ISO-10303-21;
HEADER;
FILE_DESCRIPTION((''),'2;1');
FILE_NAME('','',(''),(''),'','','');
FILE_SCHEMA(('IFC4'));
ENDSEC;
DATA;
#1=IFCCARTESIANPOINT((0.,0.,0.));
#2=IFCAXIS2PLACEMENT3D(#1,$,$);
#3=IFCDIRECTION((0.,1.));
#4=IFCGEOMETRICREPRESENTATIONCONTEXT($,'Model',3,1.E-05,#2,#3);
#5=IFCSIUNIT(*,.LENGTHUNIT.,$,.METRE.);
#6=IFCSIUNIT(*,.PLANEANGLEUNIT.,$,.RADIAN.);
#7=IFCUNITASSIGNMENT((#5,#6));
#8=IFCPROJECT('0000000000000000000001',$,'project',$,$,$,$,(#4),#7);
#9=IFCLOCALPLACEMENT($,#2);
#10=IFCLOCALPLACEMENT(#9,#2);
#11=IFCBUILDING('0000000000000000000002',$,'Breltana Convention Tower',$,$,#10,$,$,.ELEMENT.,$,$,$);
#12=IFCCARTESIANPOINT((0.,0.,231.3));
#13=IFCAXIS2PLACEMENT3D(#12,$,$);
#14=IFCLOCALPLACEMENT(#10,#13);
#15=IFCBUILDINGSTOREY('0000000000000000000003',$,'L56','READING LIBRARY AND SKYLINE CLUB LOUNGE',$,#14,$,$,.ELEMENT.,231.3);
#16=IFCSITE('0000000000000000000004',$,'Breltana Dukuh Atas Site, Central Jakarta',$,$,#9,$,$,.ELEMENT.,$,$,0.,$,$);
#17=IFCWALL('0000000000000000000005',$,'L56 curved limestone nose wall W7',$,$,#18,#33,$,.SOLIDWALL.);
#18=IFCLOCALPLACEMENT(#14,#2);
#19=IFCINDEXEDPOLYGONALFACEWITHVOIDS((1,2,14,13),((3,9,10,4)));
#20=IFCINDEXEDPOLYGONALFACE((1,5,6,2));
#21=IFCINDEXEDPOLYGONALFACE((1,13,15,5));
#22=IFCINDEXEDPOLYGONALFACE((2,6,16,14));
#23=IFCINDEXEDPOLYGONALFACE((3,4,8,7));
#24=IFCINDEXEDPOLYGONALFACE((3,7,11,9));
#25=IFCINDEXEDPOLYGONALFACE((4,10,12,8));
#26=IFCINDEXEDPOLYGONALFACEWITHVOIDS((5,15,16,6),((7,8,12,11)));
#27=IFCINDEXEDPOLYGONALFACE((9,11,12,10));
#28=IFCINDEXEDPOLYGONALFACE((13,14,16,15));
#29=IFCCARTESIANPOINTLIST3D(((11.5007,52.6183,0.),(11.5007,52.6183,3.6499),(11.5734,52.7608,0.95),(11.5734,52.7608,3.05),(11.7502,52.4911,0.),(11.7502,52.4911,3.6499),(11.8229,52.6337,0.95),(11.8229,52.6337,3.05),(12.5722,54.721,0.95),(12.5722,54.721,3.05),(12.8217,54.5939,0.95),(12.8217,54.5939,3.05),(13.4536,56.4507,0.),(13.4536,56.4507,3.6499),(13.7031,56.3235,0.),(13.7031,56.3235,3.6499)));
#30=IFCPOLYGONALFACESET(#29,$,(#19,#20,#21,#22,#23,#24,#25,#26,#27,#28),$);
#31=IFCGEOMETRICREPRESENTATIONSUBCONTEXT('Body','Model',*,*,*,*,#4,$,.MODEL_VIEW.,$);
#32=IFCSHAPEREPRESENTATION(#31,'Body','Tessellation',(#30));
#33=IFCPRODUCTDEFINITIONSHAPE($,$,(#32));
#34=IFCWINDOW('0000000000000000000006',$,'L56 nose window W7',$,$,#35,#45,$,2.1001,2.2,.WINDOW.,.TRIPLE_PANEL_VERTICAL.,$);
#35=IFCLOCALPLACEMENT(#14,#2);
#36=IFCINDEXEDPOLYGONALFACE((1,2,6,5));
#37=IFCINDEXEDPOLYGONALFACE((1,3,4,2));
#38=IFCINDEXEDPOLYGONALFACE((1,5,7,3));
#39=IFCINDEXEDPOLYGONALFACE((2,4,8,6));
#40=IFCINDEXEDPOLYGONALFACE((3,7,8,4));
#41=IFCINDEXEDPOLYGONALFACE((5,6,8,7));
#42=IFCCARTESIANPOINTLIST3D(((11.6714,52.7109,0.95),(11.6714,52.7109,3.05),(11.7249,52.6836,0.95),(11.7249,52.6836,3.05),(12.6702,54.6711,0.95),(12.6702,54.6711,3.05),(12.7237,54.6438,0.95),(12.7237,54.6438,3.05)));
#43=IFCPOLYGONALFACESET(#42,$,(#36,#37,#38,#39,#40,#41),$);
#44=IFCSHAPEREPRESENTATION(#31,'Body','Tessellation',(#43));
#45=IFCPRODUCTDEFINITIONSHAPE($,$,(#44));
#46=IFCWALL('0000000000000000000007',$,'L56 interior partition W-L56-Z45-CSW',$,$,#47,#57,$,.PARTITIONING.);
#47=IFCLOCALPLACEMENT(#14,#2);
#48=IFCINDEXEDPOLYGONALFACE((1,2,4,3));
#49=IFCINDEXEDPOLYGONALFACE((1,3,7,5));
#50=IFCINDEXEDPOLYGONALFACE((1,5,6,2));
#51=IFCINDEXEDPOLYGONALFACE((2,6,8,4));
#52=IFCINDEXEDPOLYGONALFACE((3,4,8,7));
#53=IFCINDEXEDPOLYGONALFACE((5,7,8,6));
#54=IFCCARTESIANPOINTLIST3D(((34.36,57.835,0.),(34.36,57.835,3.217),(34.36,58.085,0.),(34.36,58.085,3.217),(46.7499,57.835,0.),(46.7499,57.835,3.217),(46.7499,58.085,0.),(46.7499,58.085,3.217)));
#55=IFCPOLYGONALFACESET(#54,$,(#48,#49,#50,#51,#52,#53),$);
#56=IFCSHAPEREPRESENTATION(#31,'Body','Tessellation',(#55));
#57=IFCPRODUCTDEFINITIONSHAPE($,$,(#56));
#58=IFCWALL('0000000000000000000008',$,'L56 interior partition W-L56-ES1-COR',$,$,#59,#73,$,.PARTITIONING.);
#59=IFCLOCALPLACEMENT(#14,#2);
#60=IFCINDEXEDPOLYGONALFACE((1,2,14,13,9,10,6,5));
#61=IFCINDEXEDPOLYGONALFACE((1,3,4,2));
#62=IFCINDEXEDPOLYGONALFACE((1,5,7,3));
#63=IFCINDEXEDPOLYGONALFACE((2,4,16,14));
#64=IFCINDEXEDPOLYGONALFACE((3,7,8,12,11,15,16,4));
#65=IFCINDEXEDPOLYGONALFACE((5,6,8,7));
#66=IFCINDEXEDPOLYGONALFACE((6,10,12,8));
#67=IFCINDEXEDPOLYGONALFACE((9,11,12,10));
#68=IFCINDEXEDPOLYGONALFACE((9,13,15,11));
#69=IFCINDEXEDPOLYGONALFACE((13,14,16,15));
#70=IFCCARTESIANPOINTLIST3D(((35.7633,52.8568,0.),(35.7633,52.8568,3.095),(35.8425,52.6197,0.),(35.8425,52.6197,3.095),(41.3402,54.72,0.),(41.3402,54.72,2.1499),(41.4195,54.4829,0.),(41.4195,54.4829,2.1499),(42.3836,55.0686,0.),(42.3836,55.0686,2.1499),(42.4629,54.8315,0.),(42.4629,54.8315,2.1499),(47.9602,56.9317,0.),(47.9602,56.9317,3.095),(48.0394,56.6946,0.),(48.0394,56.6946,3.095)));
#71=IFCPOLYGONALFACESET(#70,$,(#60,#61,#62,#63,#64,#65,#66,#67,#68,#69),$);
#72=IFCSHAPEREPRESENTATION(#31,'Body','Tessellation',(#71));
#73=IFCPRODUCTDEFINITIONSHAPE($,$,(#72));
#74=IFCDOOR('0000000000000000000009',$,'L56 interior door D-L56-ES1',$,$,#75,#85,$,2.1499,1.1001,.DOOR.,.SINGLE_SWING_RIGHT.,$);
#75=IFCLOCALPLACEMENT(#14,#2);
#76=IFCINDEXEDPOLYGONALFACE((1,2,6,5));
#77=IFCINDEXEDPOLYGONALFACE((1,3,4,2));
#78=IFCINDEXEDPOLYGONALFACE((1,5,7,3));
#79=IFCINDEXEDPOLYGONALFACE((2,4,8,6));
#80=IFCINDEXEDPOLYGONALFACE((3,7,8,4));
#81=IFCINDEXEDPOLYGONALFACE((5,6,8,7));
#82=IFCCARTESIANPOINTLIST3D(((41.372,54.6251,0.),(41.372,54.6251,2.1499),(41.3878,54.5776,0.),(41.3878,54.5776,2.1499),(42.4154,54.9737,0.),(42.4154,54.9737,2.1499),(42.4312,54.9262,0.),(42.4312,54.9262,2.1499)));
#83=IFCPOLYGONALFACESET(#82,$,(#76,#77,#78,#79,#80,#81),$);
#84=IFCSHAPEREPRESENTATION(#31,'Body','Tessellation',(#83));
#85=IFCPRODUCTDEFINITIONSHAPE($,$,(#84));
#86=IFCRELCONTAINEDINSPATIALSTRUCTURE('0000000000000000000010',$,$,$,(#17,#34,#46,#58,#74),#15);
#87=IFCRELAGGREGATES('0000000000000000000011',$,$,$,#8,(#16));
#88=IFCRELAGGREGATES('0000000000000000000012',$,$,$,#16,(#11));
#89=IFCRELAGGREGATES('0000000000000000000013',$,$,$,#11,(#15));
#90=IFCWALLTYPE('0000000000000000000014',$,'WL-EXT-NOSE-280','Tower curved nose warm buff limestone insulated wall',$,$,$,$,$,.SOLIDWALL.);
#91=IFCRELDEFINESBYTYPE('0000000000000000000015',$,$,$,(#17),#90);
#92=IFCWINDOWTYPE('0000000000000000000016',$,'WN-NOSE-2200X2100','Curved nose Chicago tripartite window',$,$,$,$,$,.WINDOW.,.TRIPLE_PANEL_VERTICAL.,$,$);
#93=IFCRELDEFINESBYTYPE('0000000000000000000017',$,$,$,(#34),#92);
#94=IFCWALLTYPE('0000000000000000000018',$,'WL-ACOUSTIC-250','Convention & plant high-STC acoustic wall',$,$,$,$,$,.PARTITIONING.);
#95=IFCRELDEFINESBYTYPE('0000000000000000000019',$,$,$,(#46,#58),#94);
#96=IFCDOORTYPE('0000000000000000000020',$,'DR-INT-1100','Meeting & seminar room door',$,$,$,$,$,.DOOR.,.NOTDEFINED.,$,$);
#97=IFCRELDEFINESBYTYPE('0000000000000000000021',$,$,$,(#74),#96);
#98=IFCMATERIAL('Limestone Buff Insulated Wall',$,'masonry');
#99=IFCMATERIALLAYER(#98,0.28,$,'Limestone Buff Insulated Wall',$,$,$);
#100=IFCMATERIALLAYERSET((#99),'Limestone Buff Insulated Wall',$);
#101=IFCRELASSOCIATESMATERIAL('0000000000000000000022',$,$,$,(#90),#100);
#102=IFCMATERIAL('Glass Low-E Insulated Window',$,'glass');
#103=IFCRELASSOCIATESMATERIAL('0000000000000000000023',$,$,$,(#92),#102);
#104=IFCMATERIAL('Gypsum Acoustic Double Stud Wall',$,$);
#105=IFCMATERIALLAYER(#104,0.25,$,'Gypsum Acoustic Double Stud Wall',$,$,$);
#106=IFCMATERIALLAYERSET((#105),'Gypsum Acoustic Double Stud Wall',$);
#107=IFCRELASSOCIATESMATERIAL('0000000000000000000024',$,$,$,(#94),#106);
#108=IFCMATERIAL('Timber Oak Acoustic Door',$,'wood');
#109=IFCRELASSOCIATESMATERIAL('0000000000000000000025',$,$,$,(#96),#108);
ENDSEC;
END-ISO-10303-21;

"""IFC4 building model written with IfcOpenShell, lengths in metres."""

from ifc_helpers import new_model, si_unit, direction, frame, frame_2d, origin, place, context, subcontext, project, spatial, rectangle, extrude, source, transform, mapped, material, layer, layer_set, type_object, type_shapes, element, fill, save


model = new_model("IFC4")

# Units and contexts
model_context = context("Model", 3, precision=1e-05, world=origin(), true_north=direction((0.0, 1.0)))
body_context = subcontext(model_context, "Body", "Model", "MODEL_VIEW")
ifc_project = project(units=[si_unit("LENGTHUNIT", "METRE"), si_unit("PLANEANGLEUNIT", "RADIAN")], contexts=[model_context])

# Site, building, storey
site_placement = place(None, origin())
site = spatial("IfcSite", under=ifc_project, at=site_placement, Name="Breltana Dukuh Atas Site, Central Jakarta", CompositionType="ELEMENT", RefElevation=0.0)
building_placement = place(site_placement, origin())
building = spatial("IfcBuilding", under=site, at=building_placement, Name="Breltana Convention Tower", CompositionType="ELEMENT")
storey_placement = place(building_placement, frame((0.0, 0.0, 231.3)))
storey = spatial("IfcBuildingStorey", under=building, at=storey_placement, Name="L56", Description="READING LIBRARY AND SKYLINE CLUB LOUNGE", CompositionType="ELEMENT", Elevation=231.3)

# Shared definitions
ifc_material_1 = material(Name="Limestone Buff Insulated Wall", Category="masonry")
ifc_layer_1 = layer(ifc_material_1, 0.28, Name="Limestone Buff Insulated Wall")
ifc_layer_set_1 = layer_set([ifc_layer_1], Name="Limestone Buff Insulated Wall")
wall_type_1 = type_object("IfcWallType", Name="WL-EXT-NOSE-280", Description="Tower curved nose warm buff limestone insulated wall", PredefinedType="SOLIDWALL", material=ifc_layer_set_1)

# Wall, opening, window
shared_shape_1 = source(origin(), body_context, "Body", "SweptSolid", [
    extrude(rectangle(XDim=4.3013, YDim=0.28, at=frame_2d((2.1506, 0.0))), origin(), (0.0, 0.0, 1.0), 3.6499),
])
wall_1_placement = place(storey_placement, frame((11.6255, 52.5547, 0.0), z_axis=(0.0, 0.0, 1.0), x_axis=(0.454012, 0.890996, 0.0)))
wall_1 = element("IfcWall", 1, at=wall_1_placement, inside=storey, type_object=wall_type_1, Name="L56 curved limestone nose wall W7", PredefinedType="SOLIDWALL", context=body_context, shape_type="MappedRepresentation", body=[
    mapped(shared_shape_1, transform((0.0, 0.0, 0.0), scale=1.0)),
])
opening_1_placement = place(wall_1_placement, frame((0.1599, 0.0, 0.95)))
opening_1 = element("IfcOpeningElement", 2, at=opening_1_placement, cuts=wall_1, PredefinedType="OPENING", context=body_context, shape_type="SweptSolid", body=[
    extrude(rectangle(XDim=2.2, YDim=2.1001, at=frame_2d((1.1001, 1.05))), frame((0.0, 0.1499, 0.0), z_axis=(0.0, -1.0, 0.0), x_axis=(1.0, 0.0, 0.0)), (0.0, 0.0, 1.0), 0.3),
])
ifc_material_2 = material(Name="Glass Low-E Insulated Window", Category="glass")
window_type = type_object("IfcWindowType", Name="WN-NOSE-2200X2100", Description="Curved nose Chicago tripartite window", PartitioningType="TRIPLE_PANEL_VERTICAL", PredefinedType="WINDOW", material=ifc_material_2)
shared_shape_2 = source(origin(), body_context, "Body", "SweptSolid", [
    extrude(rectangle(XDim=2.2, YDim=2.1001, at=frame_2d((1.1001, 1.05))), frame((0.0, 0.03, 0.0), z_axis=(0.0, -1.0, 0.0), x_axis=(1.0, 0.0, 0.0)), (0.0, 0.0, 1.0), 0.0601),
])
type_shapes(window_type, [shared_shape_2])
window_placement = place(opening_1_placement, origin())
window = element("IfcWindow", 3, at=window_placement, inside=storey, type_object=window_type, Name="L56 nose window W7", OverallHeight=2.1001, OverallWidth=2.2, PartitioningType="TRIPLE_PANEL_VERTICAL", PredefinedType="WINDOW", context=body_context, shape_type="MappedRepresentation", body=[
    mapped(shared_shape_2, transform((0.0, 0.0, 0.0), scale=1.0)),
])
fill(opening_1, window)

# Wall
ifc_material_3 = material(Name="Gypsum Acoustic Double Stud Wall")
ifc_layer_2 = layer(ifc_material_3, 0.25, Name="Gypsum Acoustic Double Stud Wall")
ifc_layer_set_2 = layer_set([ifc_layer_2], Name="Gypsum Acoustic Double Stud Wall")
wall_type_2 = type_object("IfcWallType", Name="WL-ACOUSTIC-250", Description="Convention & plant high-STC acoustic wall", PredefinedType="PARTITIONING", material=ifc_layer_set_2)
shared_shape_3 = source(origin(), body_context, "Body", "SweptSolid", [
    extrude(rectangle(XDim=12.3899, YDim=0.25, at=frame_2d((6.1948, 0.0))), origin(), (0.0, 0.0, 1.0), 3.217),
])
wall_2_placement = place(storey_placement, frame((34.3601, 57.96, 0.0), z_axis=(0.0, 0.0, 1.0), x_axis=(1.0, 0.0, 0.0)))
element("IfcWall", 4, at=wall_2_placement, inside=storey, type_object=wall_type_2, Name="L56 interior partition W-L56-Z45-CSW", PredefinedType="PARTITIONING", context=body_context, shape_type="MappedRepresentation", body=[
    mapped(shared_shape_3, transform((0.0, 0.0, 0.0), scale=1.0)),
])

# Wall, opening, door
shared_shape_4 = source(origin(), body_context, "Body", "SweptSolid", [
    extrude(rectangle(XDim=12.8596, YDim=0.25, at=frame_2d((6.4297, 0.0))), origin(), (0.0, 0.0, 1.0), 3.095),
])
wall_3_placement = place(storey_placement, frame((35.803, 52.7383, 0.0), z_axis=(0.0, 0.0, 1.0), x_axis=(0.948467, 0.316877, 0.0)))
wall_3 = element("IfcWall", 5, at=wall_3_placement, inside=storey, type_object=wall_type_2, Name="L56 interior partition W-L56-ES1-COR", PredefinedType="PARTITIONING", context=body_context, shape_type="MappedRepresentation", body=[
    mapped(shared_shape_4, transform((0.0, 0.0, 0.0), scale=1.0)),
])
opening_2_placement = place(wall_3_placement, frame((5.8799, 0.0, 0.0)))
opening_2 = element("IfcOpeningElement", 6, at=opening_2_placement, cuts=wall_3, PredefinedType="OPENING", context=body_context, shape_type="SweptSolid", body=[
    extrude(rectangle(XDim=1.1001, YDim=2.1499, at=frame_2d((0.55, 1.075))), frame((0.0, 0.135, 0.0), z_axis=(0.0, -1.0, 0.0), x_axis=(1.0, 0.0, 0.0)), (0.0, 0.0, 1.0), 0.27),
])
ifc_material_4 = material(Name="Timber Oak Acoustic Door", Category="wood")
door_type = type_object("IfcDoorType", Name="DR-INT-1100", Description="Meeting & seminar room door", OperationType="NOTDEFINED", PredefinedType="DOOR", material=ifc_material_4)
shared_shape_5 = source(origin(), body_context, "Body", "SweptSolid", [
    extrude(rectangle(XDim=1.1001, YDim=2.1499, at=frame_2d((0.55, 1.075))), frame((0.0, 0.0249, 0.0), z_axis=(0.0, -1.0, 0.0), x_axis=(1.0, 0.0, 0.0)), (0.0, 0.0, 1.0), 0.05),
])
type_shapes(door_type, [shared_shape_5])
door_1_placement = place(opening_2_placement, origin())
door_1 = element("IfcDoor", 7, at=door_1_placement, inside=storey, type_object=door_type, Name="L56 interior door D-L56-ES1", OperationType="SINGLE_SWING_RIGHT", OverallHeight=2.1499, OverallWidth=1.1001, PredefinedType="DOOR", context=body_context, shape_type="MappedRepresentation", body=[
    mapped(shared_shape_5, transform((0.0, 0.0, 0.0), scale=1.0)),
])
fill(opening_2, door_1)

save(model, "model.ifc")
